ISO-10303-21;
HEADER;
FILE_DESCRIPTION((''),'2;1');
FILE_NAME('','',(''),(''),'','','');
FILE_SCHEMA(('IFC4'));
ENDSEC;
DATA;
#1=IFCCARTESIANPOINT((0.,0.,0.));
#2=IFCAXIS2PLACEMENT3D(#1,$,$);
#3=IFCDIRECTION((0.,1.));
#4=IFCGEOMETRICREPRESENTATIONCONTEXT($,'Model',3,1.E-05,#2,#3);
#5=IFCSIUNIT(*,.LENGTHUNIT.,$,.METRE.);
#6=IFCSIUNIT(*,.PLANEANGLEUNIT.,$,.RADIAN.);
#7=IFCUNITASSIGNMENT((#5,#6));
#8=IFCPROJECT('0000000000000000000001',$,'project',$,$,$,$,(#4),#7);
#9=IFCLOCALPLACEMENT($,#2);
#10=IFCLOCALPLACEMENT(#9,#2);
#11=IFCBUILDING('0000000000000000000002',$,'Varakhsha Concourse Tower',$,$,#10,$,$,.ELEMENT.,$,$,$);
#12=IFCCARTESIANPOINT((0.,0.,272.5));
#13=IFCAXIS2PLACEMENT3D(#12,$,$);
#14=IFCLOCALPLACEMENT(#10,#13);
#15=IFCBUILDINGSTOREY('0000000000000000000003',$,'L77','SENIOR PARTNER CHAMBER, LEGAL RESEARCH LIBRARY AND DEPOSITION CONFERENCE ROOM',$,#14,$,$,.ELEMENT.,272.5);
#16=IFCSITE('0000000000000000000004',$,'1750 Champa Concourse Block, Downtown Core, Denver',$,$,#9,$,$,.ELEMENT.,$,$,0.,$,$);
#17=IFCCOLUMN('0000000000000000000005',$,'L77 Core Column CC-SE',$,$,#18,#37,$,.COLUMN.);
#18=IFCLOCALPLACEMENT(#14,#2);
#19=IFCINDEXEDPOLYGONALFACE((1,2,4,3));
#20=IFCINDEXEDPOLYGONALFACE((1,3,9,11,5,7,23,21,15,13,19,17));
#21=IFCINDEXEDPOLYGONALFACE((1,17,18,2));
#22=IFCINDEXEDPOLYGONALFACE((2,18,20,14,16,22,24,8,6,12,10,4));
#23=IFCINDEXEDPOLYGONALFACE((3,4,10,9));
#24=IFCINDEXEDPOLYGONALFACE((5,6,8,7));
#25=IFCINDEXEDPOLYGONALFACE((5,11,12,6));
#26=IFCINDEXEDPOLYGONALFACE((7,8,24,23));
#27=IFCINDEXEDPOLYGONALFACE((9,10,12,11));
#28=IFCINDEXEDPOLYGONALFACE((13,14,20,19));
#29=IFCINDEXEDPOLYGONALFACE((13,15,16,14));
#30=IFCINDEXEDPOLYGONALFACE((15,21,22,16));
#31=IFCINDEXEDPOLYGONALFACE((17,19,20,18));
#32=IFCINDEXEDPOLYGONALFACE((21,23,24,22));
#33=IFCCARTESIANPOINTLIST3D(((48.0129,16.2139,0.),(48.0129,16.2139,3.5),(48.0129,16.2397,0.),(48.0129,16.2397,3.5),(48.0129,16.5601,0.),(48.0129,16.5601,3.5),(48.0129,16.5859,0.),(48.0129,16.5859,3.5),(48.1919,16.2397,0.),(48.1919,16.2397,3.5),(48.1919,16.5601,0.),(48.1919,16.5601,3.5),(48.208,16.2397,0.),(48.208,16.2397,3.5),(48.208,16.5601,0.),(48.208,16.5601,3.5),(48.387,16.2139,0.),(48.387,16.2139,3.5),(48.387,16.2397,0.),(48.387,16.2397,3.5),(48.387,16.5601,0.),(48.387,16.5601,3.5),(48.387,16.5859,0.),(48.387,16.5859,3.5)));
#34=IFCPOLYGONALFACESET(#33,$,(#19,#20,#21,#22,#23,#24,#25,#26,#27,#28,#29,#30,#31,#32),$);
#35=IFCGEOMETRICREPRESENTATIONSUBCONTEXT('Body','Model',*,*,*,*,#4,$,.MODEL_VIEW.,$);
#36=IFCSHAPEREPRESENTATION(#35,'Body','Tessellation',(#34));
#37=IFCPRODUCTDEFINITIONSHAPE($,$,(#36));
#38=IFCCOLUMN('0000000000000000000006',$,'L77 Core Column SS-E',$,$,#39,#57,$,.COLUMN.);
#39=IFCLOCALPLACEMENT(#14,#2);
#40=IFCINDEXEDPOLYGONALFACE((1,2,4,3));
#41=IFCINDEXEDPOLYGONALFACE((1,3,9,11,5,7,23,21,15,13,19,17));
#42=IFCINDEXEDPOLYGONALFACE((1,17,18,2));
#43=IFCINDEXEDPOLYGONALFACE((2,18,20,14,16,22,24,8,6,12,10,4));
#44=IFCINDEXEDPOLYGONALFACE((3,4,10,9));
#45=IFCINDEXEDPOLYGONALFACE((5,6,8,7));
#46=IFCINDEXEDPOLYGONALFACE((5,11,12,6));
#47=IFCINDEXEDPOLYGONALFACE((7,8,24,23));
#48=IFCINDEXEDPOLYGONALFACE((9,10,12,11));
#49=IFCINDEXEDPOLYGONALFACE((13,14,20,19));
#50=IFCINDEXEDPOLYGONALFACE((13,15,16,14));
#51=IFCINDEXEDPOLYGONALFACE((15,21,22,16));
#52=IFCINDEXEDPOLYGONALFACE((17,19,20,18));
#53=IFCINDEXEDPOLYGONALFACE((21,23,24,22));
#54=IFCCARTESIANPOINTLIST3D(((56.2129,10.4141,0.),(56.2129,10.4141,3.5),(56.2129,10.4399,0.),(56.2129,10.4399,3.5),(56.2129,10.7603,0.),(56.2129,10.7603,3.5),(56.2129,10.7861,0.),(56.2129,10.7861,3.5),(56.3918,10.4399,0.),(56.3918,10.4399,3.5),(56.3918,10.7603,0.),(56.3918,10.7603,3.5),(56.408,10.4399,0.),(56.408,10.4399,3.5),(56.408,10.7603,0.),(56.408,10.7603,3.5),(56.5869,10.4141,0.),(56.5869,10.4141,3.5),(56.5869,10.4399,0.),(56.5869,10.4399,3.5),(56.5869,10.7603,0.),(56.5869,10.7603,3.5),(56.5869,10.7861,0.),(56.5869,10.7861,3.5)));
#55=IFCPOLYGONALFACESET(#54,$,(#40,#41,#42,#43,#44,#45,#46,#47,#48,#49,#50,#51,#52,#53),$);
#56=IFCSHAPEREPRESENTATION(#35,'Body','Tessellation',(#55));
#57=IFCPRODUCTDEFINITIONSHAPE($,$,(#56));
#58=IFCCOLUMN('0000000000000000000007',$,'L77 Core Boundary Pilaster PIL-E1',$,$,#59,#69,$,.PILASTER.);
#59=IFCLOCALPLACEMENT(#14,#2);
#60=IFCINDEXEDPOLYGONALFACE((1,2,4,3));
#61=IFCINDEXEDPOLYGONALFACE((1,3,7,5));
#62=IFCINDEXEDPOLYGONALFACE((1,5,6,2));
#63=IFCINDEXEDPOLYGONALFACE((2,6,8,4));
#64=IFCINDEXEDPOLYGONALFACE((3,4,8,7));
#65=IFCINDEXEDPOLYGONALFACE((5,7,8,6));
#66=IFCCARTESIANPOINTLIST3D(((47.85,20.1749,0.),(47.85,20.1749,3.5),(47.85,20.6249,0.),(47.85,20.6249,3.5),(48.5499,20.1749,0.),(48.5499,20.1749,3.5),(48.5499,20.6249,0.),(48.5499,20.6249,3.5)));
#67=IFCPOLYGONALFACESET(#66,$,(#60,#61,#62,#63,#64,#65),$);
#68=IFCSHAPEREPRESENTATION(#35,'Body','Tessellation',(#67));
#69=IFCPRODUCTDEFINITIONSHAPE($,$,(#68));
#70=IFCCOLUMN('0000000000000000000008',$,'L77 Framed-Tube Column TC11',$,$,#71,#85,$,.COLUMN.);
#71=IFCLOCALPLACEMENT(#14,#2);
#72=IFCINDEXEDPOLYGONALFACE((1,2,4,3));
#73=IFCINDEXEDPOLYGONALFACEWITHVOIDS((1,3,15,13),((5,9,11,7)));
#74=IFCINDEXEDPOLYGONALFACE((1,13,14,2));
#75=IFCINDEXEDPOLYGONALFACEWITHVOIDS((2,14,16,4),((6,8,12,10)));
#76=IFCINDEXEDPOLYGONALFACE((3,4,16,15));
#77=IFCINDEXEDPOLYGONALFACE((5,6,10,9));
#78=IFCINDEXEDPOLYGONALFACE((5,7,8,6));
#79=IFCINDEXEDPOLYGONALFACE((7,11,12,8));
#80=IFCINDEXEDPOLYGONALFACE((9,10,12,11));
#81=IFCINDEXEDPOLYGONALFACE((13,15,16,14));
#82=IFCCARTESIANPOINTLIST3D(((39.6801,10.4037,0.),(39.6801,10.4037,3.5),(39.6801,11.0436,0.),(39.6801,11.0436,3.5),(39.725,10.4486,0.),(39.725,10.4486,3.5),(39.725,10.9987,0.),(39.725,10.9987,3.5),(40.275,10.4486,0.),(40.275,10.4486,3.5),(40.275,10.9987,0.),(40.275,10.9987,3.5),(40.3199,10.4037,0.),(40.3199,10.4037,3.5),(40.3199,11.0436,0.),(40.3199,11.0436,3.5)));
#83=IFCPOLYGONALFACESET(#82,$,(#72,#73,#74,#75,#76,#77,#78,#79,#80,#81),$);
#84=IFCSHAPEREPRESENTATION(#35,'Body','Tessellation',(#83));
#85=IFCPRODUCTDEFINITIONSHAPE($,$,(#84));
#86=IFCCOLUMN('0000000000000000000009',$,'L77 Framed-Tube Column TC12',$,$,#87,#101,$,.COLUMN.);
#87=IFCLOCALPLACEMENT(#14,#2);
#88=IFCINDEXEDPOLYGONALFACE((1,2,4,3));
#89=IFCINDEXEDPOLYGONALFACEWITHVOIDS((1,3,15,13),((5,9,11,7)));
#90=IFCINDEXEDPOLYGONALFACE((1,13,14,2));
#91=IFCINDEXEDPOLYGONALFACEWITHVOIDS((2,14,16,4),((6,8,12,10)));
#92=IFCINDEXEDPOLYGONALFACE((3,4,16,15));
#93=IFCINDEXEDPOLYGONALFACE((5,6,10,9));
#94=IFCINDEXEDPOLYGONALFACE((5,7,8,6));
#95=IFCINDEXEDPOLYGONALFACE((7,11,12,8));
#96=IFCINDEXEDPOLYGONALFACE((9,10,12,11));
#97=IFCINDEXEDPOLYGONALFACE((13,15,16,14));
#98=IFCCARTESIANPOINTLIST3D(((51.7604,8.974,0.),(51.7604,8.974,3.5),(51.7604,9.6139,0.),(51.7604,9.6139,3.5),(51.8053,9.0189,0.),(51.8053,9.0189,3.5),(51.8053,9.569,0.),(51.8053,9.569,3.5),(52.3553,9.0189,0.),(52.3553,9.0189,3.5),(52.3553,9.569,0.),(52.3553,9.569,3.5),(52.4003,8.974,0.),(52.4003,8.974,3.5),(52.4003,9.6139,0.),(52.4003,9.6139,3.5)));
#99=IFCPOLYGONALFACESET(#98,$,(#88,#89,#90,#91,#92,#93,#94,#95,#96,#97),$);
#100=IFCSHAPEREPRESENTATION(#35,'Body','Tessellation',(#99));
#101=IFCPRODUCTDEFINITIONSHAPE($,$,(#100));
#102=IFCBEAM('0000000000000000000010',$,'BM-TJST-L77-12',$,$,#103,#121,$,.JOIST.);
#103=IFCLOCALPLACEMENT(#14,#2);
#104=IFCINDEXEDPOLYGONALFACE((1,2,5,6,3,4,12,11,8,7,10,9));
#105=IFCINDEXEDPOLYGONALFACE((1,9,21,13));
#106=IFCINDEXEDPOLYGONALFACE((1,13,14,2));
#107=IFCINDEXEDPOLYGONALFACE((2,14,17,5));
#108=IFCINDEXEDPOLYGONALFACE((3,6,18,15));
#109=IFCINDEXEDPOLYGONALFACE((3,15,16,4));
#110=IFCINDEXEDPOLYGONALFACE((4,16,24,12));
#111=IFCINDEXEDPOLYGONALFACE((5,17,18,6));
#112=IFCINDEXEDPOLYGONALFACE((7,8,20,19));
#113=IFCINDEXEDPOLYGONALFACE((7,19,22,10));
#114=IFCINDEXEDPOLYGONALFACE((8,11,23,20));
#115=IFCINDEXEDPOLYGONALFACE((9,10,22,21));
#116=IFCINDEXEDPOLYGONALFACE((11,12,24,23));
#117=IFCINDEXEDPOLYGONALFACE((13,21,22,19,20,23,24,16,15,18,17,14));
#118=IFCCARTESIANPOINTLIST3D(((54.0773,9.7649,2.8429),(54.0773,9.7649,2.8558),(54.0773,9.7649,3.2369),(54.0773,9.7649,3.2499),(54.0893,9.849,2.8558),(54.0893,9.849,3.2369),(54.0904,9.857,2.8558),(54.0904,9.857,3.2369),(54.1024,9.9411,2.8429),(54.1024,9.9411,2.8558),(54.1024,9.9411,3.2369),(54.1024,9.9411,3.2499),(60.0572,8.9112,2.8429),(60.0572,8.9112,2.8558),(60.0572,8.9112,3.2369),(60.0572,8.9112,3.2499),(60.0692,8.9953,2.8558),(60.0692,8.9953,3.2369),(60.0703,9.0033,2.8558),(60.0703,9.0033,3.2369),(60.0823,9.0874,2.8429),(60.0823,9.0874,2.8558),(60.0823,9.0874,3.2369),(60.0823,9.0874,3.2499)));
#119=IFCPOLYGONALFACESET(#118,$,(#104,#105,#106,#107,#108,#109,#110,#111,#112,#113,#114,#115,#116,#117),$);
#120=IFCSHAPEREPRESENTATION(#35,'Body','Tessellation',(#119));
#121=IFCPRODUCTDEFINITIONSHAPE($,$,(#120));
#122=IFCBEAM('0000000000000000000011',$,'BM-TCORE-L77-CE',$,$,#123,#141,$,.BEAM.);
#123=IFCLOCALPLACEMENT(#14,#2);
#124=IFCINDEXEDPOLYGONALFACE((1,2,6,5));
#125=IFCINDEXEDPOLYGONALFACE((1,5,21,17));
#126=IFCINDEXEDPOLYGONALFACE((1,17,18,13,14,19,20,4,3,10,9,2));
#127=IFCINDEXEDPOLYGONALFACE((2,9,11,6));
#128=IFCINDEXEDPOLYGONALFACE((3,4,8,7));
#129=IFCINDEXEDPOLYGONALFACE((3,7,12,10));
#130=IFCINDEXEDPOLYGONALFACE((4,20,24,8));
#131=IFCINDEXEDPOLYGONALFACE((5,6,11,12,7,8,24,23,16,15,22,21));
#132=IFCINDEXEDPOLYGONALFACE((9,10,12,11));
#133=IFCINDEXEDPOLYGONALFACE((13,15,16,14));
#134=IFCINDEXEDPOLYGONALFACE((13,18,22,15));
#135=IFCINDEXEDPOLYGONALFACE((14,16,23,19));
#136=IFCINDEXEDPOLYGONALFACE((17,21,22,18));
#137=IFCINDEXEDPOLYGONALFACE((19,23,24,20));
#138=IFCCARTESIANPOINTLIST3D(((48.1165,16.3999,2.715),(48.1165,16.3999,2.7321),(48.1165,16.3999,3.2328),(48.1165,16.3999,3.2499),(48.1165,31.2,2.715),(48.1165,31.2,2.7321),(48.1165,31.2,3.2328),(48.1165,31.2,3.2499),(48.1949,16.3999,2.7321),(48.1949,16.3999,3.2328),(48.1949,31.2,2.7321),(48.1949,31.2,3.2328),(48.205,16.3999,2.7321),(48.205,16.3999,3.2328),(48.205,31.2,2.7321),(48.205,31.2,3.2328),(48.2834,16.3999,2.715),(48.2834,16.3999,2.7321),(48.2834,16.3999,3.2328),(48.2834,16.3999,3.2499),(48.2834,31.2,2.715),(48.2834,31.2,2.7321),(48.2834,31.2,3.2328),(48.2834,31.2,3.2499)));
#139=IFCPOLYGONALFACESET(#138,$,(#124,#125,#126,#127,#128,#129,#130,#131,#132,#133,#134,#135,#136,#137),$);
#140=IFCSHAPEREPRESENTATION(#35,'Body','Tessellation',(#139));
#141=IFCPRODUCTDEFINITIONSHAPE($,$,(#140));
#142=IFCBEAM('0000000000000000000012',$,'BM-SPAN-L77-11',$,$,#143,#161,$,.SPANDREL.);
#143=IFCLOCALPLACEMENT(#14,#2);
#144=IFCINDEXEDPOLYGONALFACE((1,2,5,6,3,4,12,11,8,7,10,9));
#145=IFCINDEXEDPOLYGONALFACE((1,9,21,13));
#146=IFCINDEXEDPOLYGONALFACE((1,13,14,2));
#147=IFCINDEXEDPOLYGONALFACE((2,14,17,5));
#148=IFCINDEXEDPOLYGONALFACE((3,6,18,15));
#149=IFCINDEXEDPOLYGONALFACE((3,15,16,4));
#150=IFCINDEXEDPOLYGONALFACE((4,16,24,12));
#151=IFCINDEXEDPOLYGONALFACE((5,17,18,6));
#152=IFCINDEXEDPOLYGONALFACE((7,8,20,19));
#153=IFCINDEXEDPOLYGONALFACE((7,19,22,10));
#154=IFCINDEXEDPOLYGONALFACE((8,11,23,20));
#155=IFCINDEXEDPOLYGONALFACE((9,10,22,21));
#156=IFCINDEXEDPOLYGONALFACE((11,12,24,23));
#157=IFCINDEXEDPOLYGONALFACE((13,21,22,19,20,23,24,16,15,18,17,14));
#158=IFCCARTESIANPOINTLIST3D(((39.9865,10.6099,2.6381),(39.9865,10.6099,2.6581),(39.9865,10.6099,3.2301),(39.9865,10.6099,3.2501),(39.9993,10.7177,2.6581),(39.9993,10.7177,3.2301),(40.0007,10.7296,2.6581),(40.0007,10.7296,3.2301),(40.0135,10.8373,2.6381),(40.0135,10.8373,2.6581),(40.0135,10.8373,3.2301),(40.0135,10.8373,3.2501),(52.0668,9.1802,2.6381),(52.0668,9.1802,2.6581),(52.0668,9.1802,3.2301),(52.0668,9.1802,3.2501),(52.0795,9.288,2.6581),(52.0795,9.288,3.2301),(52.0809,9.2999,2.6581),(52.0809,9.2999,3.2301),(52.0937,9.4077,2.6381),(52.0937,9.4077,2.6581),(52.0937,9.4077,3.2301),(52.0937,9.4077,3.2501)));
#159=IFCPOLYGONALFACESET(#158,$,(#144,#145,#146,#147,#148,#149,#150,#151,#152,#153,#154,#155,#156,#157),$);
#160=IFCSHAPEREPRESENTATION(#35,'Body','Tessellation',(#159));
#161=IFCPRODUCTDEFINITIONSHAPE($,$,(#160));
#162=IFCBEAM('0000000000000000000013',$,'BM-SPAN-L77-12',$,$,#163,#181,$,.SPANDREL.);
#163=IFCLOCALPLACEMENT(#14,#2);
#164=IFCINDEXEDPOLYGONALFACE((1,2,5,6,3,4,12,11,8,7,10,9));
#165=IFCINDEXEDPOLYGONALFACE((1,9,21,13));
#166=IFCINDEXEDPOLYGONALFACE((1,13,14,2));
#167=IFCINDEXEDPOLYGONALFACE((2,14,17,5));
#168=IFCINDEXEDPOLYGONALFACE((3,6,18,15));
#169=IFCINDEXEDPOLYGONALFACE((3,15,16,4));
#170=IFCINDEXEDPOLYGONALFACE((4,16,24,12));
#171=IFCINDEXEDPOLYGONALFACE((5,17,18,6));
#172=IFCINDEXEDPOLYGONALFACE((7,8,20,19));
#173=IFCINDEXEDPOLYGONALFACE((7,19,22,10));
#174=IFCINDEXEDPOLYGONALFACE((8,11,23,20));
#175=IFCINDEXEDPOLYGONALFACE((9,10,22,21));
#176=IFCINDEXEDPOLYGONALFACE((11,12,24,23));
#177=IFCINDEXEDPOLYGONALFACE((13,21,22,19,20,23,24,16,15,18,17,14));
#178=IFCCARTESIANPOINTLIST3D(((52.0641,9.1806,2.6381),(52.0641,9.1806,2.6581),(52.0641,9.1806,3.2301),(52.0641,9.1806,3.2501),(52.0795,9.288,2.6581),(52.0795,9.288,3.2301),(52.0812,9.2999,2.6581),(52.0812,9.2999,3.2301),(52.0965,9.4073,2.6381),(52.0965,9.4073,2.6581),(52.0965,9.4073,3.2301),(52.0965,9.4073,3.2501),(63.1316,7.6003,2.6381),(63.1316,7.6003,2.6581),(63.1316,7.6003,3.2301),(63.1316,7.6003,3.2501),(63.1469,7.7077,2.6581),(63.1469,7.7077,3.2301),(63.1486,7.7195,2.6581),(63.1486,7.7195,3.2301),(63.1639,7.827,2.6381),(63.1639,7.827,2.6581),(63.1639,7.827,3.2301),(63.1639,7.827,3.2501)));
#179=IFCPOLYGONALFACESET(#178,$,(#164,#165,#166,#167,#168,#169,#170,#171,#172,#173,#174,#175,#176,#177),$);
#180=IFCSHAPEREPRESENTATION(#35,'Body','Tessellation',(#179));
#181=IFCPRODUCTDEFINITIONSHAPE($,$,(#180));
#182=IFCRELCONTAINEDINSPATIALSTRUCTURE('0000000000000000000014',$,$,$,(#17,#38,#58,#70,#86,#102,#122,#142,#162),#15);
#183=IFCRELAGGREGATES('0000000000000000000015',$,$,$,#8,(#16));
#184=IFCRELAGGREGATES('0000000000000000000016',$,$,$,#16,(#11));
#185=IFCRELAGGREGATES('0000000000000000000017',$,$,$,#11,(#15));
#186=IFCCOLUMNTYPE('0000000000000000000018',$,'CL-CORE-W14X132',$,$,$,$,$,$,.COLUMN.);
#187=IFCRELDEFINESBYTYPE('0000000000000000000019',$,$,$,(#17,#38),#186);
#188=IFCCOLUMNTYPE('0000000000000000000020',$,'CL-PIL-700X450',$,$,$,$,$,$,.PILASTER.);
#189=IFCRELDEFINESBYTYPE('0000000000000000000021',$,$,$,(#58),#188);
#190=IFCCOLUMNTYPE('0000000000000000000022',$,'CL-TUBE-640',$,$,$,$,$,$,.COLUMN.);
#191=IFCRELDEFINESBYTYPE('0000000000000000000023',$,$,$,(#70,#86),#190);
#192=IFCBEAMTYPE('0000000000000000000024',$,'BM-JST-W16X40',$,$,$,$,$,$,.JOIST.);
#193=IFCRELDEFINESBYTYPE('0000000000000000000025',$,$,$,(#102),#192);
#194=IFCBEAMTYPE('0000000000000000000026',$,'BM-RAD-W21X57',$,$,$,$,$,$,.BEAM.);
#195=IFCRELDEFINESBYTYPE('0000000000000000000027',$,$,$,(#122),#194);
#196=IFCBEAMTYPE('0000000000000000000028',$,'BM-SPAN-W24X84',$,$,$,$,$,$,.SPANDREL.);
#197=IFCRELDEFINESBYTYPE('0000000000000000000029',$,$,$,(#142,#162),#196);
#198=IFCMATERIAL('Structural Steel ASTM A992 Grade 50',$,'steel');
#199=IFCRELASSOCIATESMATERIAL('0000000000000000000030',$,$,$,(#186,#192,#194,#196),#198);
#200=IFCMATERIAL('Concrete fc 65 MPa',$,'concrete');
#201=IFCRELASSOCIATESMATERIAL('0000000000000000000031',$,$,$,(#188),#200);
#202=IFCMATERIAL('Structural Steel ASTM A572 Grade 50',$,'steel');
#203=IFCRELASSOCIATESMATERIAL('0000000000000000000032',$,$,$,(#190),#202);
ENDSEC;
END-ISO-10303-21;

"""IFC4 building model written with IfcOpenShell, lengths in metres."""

from ifc_helpers import new_model, si_unit, direction, frame, origin, origin_2d, place, context, subcontext, project, spatial, rectangle, hollow_rectangle, i_section, extrude, material, material_profile, profile_set, type_object, element, save


model = new_model("IFC4")

# Units and contexts
model_context = context("Model", 3, precision=1e-05, world=origin(), true_north=direction((0.0, 1.0)))
body_context = subcontext(model_context, "Body", "Model", "MODEL_VIEW")
ifc_project = project(units=[si_unit("LENGTHUNIT", "METRE"), si_unit("PLANEANGLEUNIT", "RADIAN")], contexts=[model_context])

# Site, building, storey
site_placement = place(None, origin())
site = spatial("IfcSite", under=ifc_project, at=site_placement, Name="1750 Champa Concourse Block, Downtown Core, Denver", CompositionType="ELEMENT", RefElevation=0.0)
building_placement = place(site_placement, origin())
building = spatial("IfcBuilding", under=site, at=building_placement, Name="Varakhsha Concourse Tower", CompositionType="ELEMENT")
storey_placement = place(building_placement, frame((0.0, 0.0, 272.5)))
storey = spatial("IfcBuildingStorey", under=building, at=storey_placement, Name="L77", Description="SENIOR PARTNER CHAMBER, LEGAL RESEARCH LIBRARY AND DEPOSITION CONFERENCE ROOM", CompositionType="ELEMENT", Elevation=272.5)

# Columns
ifc_material_1 = material(Name="Structural Steel ASTM A992 Grade 50", Category="steel")
ifc_material_profile_1 = material_profile(ifc_material_1, i_section(OverallWidth=0.374, OverallDepth=0.3721, WebThickness=0.0161, FlangeThickness=0.0259, at=origin_2d()), Name="W14X132")
ifc_profile_set_1 = profile_set([ifc_material_profile_1], Name="Structural Steel ASTM A992 Grade 50")
column_type_1 = type_object("IfcColumnType", Name="CL-CORE-W14X132", PredefinedType="COLUMN", material=ifc_profile_set_1)
for number, where, z_axis, x_axis, name in (
    (1, (48.2, 16.3999, 0.0), (0.0, 0.0, 1.0), (1.0, 0.0, 0.0), "L77 Core Column CC-SE"),
    (2, (56.3999, 10.6001, 0.0), (0.0, 0.0, 1.0), (1.0, 0.0, 0.0), "L77 Core Column SS-E"),
):
    element("IfcColumn", number, at=place(storey_placement, frame(where, z_axis=z_axis, x_axis=x_axis)), inside=storey, type_object=column_type_1, Name=name, PredefinedType="COLUMN", context=body_context, shape_type="SweptSolid", body=[
        extrude(i_section(OverallWidth=0.374, OverallDepth=0.3721, WebThickness=0.0161, FlangeThickness=0.0259, at=origin_2d()), origin(), (0.0, 0.0, 1.0), 3.5),
    ])
ifc_material_2 = material(Name="Concrete fc 65 MPa", Category="concrete")
ifc_material_profile_2 = material_profile(ifc_material_2, rectangle(XDim=0.7, YDim=0.45, at=origin_2d()), Name="RC 700x450")
ifc_profile_set_2 = profile_set([ifc_material_profile_2], Name="Concrete fc 65 MPa")
column_type_2 = type_object("IfcColumnType", Name="CL-PIL-700X450", PredefinedType="PILASTER", material=ifc_profile_set_2)
column_placement = place(storey_placement, frame((48.2, 20.3999, 0.0), z_axis=(0.0, 0.0, 1.0), x_axis=(1.0, 0.0, 0.0)))
element("IfcColumn", 3, at=column_placement, inside=storey, type_object=column_type_2, Name="L77 Core Boundary Pilaster PIL-E1", PredefinedType="PILASTER", context=body_context, shape_type="SweptSolid", body=[
    extrude(rectangle(XDim=0.7, YDim=0.45, at=origin_2d()), origin(), (0.0, 0.0, 1.0), 3.5),
])
ifc_material_3 = material(Name="Structural Steel ASTM A572 Grade 50", Category="steel")
ifc_material_profile_3 = material_profile(ifc_material_3, hollow_rectangle(XDim=0.6399, YDim=0.6399, WallThickness=0.0449, at=origin_2d()), Name="BOX 640x640x45")
ifc_profile_set_3 = profile_set([ifc_material_profile_3], Name="Structural Steel ASTM A572 Grade 50")
column_type_3 = type_object("IfcColumnType", Name="CL-TUBE-640", PredefinedType="COLUMN", material=ifc_profile_set_3)
for number, where, z_axis, x_axis, name in (
    (4, (40.0, 10.7236, 0.0), (0.0, 0.0, 1.0), (1.0, 0.0, 0.0), "L77 Framed-Tube Column TC11"),
    (5, (52.0803, 9.2939, 0.0), (0.0, 0.0, 1.0), (1.0, 0.0, 0.0), "L77 Framed-Tube Column TC12"),
):
    element("IfcColumn", number, at=place(storey_placement, frame(where, z_axis=z_axis, x_axis=x_axis)), inside=storey, type_object=column_type_3, Name=name, PredefinedType="COLUMN", context=body_context, shape_type="SweptSolid", body=[
        extrude(hollow_rectangle(XDim=0.6399, YDim=0.6399, WallThickness=0.0449, at=origin_2d()), origin(), (0.0, 0.0, 1.0), 3.5),
    ])

# Beams
ifc_material_profile_4 = material_profile(ifc_material_1, i_section(OverallWidth=0.178, OverallDepth=0.407, WebThickness=0.0081, FlangeThickness=0.0129, at=origin_2d()), Name="W16X40")
ifc_profile_set_4 = profile_set([ifc_material_profile_4], Name="Structural Steel ASTM A992 Grade 50")
beam_type_1 = type_object("IfcBeamType", Name="BM-JST-W16X40", PredefinedType="JOIST", material=ifc_profile_set_4)
beam_1_placement = place(storey_placement, frame((54.0898, 9.853, 3.0464), z_axis=(0.989962, -0.141336, 0.0), x_axis=(0.141336, 0.989962, 0.0)))
element("IfcBeam", 6, at=beam_1_placement, inside=storey, type_object=beam_type_1, Name="BM-TJST-L77-12", PredefinedType="JOIST", context=body_context, shape_type="SweptSolid", body=[
    extrude(i_section(OverallWidth=0.178, OverallDepth=0.407, WebThickness=0.0081, FlangeThickness=0.0129, at=origin_2d()), origin(), (0.0, 0.0, 1.0), 6.0405),
])
ifc_material_profile_5 = material_profile(ifc_material_1, i_section(OverallWidth=0.167, OverallDepth=0.5349, WebThickness=0.01, FlangeThickness=0.0171, at=origin_2d()), Name="W21X57")
ifc_profile_set_5 = profile_set([ifc_material_profile_5], Name="Structural Steel ASTM A992 Grade 50")
beam_type_2 = type_object("IfcBeamType", Name="BM-RAD-W21X57", PredefinedType="BEAM", material=ifc_profile_set_5)
beam_2_placement = place(storey_placement, frame((48.2, 16.3999, 2.9824), z_axis=(0.0, 1.0, 0.0), x_axis=(-1.0, 0.0, 0.0)))
element("IfcBeam", 7, at=beam_2_placement, inside=storey, type_object=beam_type_2, Name="BM-TCORE-L77-CE", PredefinedType="BEAM", context=body_context, shape_type="SweptSolid", body=[
    extrude(i_section(OverallWidth=0.167, OverallDepth=0.5349, WebThickness=0.01, FlangeThickness=0.0171, at=origin_2d()), origin(), (0.0, 0.0, 1.0), 14.8),
])
ifc_material_profile_6 = material_profile(ifc_material_1, i_section(OverallWidth=0.229, OverallDepth=0.6121, WebThickness=0.012, FlangeThickness=0.02, at=origin_2d()), Name="W24X84")
ifc_profile_set_6 = profile_set([ifc_material_profile_6], Name="Structural Steel ASTM A992 Grade 50")
beam_type_3 = type_object("IfcBeamType", Name="BM-SPAN-W24X84", PredefinedType="SPANDREL", material=ifc_profile_set_6)
beam_3_placement = place(storey_placement, frame((40.0, 10.7236, 2.9441), z_axis=(0.99307, -0.117528, 0.0), x_axis=(0.117528, 0.99307, 0.0)))
element("IfcBeam", 8, at=beam_3_placement, inside=storey, type_object=beam_type_3, Name="BM-SPAN-L77-11", PredefinedType="SPANDREL", context=body_context, shape_type="SweptSolid", body=[
    extrude(i_section(OverallWidth=0.229, OverallDepth=0.6121, WebThickness=0.012, FlangeThickness=0.02, at=origin_2d()), origin(), (0.0, 0.0, 1.0), 12.1646),
])
beam_4_placement = place(storey_placement, frame((52.0803, 9.2939, 2.9441), z_axis=(0.989959, -0.141357, 0.0), x_axis=(0.141357, 0.989959, 0.0)))
element("IfcBeam", 9, at=beam_4_placement, inside=storey, type_object=beam_type_3, Name="BM-SPAN-L77-12", PredefinedType="SPANDREL", context=body_context, shape_type="SweptSolid", body=[
    extrude(i_section(OverallWidth=0.229, OverallDepth=0.6121, WebThickness=0.012, FlangeThickness=0.02, at=origin_2d()), origin(), (0.0, 0.0, 1.0), 11.1797),
])

save(model, "model.ifc")
